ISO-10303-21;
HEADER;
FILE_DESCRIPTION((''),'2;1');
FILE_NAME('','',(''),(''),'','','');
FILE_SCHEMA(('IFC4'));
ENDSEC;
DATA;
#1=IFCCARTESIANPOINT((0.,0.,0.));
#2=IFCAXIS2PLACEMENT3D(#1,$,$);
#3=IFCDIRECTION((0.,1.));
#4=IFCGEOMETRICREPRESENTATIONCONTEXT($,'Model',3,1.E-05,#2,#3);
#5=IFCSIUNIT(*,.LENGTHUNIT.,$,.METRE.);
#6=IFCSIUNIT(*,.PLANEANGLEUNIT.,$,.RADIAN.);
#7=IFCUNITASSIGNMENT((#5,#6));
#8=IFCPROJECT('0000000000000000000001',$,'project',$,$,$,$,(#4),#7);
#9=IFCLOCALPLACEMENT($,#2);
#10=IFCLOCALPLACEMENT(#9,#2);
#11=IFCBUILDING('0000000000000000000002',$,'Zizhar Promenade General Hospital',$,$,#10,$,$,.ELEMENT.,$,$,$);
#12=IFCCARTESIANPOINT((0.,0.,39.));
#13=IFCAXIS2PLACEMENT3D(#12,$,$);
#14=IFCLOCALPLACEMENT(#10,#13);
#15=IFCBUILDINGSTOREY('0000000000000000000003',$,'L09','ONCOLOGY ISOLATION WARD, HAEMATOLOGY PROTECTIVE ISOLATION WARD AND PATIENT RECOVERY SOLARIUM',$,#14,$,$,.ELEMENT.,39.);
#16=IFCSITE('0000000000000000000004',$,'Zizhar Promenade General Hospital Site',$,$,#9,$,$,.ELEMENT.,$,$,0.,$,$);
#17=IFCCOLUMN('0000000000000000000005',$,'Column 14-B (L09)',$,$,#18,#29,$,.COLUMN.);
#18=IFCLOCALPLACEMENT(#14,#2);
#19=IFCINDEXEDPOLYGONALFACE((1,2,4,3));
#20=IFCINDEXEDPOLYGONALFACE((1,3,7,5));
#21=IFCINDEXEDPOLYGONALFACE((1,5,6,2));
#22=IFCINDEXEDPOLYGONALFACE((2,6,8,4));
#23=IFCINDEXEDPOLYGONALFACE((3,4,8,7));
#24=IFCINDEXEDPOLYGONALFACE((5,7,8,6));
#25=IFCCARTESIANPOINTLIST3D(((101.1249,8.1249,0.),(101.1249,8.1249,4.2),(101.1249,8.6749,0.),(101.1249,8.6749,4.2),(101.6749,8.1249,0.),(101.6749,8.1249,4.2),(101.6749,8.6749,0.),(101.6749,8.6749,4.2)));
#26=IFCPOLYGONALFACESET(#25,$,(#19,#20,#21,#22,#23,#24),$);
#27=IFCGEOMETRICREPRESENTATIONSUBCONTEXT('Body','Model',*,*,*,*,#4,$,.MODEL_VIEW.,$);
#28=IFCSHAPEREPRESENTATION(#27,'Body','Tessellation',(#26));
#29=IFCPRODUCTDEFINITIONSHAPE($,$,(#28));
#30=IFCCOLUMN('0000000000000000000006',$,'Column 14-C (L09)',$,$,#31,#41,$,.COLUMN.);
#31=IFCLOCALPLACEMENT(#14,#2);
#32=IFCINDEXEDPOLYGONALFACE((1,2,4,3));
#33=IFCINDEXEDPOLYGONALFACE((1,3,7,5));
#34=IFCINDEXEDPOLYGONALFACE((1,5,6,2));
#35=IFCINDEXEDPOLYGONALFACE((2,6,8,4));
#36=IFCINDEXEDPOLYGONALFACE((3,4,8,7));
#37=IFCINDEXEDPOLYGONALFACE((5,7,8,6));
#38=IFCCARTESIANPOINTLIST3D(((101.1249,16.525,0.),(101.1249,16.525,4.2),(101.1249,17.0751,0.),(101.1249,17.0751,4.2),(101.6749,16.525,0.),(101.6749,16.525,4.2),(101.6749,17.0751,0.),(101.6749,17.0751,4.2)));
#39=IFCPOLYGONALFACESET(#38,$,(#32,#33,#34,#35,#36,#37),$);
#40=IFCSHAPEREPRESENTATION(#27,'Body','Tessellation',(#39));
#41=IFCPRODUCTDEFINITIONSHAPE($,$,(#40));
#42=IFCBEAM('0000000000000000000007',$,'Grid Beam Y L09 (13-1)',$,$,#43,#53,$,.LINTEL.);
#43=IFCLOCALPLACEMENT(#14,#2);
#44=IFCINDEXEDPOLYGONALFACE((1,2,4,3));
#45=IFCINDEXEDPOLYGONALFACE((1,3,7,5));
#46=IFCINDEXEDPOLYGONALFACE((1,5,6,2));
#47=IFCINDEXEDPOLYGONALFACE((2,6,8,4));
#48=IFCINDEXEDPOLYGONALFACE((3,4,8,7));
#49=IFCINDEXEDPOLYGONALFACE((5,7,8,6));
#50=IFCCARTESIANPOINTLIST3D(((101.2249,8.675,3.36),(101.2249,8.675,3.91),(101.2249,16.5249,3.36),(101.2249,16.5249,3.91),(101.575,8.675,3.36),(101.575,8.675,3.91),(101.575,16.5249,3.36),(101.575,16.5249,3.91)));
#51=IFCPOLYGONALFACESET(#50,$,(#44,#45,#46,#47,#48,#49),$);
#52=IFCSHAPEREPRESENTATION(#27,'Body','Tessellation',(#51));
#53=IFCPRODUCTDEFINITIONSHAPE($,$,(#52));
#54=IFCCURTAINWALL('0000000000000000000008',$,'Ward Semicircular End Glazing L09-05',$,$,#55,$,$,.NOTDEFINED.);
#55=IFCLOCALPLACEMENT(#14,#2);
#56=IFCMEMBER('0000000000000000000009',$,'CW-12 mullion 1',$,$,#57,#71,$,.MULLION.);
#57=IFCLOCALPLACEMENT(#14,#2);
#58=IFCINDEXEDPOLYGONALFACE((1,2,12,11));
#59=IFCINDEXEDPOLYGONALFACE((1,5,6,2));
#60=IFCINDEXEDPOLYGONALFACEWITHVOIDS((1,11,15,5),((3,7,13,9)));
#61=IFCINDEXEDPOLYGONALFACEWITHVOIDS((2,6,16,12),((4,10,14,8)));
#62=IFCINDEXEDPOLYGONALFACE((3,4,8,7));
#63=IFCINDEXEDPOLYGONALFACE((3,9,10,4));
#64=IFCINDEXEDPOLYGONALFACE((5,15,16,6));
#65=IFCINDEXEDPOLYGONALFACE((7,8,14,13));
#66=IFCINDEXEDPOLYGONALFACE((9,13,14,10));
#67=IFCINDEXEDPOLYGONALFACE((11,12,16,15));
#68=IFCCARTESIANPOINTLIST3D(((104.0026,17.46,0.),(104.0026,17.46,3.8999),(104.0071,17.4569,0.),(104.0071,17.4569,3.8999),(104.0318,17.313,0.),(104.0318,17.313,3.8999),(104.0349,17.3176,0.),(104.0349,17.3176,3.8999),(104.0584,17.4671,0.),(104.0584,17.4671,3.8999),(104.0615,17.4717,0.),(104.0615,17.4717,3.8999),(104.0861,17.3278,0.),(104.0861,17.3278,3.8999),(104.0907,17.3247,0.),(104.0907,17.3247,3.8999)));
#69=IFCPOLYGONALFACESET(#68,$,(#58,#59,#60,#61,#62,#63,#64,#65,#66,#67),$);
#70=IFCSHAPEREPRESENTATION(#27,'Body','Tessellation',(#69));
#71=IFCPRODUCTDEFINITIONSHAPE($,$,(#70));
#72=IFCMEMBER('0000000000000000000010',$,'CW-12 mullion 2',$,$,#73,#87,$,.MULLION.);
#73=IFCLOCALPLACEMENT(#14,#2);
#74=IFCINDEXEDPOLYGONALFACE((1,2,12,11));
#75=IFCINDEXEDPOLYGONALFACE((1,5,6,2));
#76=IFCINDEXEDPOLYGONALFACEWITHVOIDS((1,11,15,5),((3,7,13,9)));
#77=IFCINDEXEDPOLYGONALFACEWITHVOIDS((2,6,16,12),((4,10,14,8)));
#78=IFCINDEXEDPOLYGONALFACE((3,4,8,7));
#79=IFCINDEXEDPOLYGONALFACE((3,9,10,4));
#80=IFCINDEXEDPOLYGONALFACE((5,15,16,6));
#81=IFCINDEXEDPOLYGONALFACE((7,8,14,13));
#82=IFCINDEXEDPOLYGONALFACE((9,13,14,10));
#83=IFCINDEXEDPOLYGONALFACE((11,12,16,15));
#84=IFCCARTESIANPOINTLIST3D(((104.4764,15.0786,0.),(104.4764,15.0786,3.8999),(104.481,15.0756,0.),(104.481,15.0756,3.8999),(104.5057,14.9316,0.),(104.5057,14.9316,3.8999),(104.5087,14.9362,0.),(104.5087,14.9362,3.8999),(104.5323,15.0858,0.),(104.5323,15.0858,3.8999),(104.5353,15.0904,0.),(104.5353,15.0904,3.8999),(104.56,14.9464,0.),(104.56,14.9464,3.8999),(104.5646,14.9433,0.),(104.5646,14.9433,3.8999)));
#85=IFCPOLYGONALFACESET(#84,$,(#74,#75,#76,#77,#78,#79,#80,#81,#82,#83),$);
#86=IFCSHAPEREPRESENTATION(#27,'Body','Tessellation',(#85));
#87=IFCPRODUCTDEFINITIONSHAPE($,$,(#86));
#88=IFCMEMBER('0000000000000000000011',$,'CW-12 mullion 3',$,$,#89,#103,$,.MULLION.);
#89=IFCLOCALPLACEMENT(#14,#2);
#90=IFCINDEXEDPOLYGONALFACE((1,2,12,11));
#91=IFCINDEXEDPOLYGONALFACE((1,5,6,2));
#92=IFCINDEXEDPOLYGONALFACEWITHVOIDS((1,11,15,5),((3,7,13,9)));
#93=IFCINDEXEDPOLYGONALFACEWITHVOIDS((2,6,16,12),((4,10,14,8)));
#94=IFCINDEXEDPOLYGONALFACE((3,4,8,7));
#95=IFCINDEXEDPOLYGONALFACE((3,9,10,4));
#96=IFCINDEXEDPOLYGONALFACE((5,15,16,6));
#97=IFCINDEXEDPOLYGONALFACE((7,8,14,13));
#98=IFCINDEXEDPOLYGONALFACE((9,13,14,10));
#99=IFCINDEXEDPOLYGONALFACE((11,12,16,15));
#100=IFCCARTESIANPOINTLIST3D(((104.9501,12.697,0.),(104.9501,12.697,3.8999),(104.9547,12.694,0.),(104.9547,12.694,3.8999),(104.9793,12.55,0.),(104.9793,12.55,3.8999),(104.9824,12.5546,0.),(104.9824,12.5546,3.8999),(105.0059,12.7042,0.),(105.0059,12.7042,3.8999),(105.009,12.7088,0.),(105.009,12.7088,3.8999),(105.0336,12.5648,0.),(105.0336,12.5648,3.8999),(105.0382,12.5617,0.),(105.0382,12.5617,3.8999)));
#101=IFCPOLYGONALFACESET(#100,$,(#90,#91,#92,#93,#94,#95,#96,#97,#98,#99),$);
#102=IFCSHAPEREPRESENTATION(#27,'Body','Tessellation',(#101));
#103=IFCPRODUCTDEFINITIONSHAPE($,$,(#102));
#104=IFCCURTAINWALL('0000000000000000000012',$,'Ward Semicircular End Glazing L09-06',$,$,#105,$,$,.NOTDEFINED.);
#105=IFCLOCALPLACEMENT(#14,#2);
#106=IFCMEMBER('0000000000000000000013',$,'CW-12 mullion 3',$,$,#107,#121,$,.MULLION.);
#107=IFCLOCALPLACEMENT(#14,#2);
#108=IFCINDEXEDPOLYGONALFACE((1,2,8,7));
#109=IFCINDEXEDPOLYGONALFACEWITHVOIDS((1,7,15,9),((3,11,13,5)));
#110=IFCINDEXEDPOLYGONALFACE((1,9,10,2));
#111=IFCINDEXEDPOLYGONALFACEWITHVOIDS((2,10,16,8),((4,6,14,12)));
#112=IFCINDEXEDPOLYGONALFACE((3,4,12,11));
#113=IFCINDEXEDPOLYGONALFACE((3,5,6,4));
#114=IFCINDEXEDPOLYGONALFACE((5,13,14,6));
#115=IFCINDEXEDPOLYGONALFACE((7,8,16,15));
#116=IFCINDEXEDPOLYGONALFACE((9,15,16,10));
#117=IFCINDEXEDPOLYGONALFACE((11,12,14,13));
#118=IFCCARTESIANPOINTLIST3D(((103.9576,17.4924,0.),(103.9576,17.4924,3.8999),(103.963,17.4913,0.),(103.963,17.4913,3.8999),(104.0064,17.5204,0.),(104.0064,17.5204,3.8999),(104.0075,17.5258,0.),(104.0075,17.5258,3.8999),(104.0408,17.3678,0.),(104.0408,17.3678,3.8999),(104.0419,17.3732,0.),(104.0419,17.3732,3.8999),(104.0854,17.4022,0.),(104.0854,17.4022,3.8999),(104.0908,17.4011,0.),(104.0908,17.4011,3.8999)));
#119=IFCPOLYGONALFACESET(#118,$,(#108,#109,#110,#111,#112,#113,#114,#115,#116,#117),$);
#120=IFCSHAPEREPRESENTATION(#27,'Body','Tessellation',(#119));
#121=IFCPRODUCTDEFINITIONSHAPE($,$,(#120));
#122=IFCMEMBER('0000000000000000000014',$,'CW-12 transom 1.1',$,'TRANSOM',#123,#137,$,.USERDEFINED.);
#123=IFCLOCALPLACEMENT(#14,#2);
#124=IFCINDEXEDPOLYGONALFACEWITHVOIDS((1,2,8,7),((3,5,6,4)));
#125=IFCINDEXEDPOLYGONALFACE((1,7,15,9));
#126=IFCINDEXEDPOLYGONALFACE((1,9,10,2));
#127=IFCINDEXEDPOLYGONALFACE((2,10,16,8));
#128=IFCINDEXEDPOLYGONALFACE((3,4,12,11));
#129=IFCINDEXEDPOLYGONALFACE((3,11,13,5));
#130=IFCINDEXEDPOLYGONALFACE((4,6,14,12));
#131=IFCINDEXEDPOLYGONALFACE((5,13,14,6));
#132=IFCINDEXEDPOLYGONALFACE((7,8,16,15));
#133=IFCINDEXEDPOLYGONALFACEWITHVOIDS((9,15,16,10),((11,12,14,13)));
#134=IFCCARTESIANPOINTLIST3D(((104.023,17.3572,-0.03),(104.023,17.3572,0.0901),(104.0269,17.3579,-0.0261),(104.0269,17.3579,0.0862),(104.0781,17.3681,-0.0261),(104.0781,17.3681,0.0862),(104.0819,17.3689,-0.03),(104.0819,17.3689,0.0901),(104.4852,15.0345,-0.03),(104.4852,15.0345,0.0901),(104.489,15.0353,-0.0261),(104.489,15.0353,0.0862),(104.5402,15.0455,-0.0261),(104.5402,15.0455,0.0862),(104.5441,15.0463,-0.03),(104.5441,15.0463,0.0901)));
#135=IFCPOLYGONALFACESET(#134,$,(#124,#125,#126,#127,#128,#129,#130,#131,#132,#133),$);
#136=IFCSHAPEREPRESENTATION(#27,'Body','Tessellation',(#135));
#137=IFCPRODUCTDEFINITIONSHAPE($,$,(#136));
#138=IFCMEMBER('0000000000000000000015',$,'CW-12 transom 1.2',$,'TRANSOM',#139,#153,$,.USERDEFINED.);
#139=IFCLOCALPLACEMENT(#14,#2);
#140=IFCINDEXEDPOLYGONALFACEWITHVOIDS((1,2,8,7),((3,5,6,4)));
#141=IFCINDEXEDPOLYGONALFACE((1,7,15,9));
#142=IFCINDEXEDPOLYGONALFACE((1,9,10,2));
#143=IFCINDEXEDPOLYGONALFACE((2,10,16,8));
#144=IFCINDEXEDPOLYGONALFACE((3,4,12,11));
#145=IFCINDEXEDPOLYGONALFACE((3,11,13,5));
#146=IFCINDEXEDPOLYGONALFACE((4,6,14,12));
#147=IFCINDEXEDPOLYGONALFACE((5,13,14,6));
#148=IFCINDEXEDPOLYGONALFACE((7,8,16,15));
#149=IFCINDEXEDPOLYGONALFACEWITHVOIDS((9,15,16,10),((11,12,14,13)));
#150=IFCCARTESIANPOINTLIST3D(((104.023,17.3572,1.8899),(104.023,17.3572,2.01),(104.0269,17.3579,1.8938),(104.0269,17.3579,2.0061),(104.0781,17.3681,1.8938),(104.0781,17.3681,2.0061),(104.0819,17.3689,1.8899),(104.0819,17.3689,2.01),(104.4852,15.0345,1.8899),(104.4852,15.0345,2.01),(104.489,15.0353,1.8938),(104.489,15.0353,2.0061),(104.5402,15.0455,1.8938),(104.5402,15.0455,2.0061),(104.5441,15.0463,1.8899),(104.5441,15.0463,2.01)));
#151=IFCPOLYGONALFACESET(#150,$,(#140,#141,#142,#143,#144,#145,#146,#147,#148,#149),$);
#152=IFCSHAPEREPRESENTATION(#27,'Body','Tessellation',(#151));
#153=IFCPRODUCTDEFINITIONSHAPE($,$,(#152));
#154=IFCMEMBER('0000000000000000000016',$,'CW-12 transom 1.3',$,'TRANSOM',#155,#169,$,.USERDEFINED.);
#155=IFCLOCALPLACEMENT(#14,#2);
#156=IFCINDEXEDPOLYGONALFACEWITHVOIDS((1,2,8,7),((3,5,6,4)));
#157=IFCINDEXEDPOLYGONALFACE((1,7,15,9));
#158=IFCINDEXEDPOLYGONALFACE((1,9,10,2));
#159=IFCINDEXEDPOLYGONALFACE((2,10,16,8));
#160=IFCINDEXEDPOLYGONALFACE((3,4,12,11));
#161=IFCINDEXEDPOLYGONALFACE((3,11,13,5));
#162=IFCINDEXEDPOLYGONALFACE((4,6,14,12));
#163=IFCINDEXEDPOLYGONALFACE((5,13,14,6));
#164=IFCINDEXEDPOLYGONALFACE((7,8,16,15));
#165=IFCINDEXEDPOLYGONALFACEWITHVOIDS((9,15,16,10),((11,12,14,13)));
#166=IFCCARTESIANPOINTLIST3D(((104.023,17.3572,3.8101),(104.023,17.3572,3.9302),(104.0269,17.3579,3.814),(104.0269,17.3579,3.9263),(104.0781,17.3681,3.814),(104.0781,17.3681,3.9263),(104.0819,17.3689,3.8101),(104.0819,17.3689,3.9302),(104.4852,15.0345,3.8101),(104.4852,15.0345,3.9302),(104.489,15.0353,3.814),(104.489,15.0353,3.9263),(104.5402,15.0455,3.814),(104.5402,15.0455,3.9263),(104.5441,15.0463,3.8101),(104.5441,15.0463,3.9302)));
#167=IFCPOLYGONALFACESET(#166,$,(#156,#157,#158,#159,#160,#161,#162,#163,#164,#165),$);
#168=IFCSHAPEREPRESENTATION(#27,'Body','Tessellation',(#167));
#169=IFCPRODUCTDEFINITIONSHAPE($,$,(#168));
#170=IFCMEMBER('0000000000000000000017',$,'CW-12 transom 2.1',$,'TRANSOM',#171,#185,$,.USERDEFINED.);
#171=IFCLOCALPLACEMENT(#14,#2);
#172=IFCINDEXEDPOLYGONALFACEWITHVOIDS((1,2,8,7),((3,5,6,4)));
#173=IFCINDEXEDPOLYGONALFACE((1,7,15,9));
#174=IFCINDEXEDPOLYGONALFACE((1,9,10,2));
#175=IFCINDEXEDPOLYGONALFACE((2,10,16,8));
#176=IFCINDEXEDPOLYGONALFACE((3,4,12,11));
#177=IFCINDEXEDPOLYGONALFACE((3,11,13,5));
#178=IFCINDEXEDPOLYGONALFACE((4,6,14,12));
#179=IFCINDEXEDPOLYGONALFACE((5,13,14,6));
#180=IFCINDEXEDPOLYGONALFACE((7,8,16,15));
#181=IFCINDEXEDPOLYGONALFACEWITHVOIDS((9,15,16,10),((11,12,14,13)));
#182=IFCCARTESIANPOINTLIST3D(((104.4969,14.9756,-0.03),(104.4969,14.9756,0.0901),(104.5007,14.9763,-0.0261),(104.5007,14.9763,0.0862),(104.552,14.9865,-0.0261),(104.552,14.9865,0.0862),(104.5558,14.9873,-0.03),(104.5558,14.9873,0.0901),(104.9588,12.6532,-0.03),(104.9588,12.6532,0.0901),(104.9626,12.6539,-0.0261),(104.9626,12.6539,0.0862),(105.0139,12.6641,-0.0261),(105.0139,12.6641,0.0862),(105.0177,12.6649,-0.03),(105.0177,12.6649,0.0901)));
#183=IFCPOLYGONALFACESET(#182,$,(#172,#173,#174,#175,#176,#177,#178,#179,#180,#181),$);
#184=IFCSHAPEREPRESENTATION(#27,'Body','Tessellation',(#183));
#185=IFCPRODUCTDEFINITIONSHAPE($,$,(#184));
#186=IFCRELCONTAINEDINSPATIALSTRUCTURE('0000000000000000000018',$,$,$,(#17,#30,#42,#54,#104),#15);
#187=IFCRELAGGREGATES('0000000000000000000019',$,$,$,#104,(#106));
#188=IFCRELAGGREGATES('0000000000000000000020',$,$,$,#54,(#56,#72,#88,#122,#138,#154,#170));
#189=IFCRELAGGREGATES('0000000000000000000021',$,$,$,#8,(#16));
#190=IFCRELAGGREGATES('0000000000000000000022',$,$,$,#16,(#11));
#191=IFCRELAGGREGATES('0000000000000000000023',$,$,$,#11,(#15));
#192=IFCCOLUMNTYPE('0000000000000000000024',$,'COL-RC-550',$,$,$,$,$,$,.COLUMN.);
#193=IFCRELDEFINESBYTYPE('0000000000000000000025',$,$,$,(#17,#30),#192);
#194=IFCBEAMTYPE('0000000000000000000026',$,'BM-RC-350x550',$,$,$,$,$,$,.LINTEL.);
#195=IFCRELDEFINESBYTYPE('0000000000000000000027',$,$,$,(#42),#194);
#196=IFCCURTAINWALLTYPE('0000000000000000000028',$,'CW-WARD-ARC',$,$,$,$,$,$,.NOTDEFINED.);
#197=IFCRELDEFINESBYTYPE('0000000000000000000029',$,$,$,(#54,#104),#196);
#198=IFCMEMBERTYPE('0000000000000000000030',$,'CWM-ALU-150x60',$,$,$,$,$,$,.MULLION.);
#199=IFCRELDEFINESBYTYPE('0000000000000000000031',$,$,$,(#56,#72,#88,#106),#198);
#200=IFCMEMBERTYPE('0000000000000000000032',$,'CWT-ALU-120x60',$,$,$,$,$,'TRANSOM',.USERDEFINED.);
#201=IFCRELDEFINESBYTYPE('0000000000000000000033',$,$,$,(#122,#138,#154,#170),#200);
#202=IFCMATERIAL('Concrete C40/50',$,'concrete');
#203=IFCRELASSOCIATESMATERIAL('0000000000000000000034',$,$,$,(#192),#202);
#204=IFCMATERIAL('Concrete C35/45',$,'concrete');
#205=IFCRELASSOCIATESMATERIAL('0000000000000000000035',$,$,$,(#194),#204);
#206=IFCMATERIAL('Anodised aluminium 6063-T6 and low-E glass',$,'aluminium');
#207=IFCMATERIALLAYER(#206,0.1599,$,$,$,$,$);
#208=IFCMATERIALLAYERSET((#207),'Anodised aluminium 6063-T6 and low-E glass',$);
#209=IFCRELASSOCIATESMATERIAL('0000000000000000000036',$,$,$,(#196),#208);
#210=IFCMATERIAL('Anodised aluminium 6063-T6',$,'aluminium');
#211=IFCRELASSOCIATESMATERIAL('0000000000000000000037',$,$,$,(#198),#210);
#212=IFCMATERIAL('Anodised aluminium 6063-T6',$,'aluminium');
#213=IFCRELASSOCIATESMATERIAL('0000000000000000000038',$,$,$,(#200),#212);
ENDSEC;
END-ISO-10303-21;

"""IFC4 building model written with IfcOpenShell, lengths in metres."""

from ifc_helpers import new_model, si_unit, direction, frame, origin, origin_2d, place, context, subcontext, project, spatial, rectangle, hollow_rectangle, extrude, material, layer, layer_set, material_profile, profile_set, type_object, element, aggregate, save


model = new_model("IFC4")

# Units and contexts
model_context = context("Model", 3, precision=1e-05, world=origin(), true_north=direction((0.0, 1.0)))
body_context = subcontext(model_context, "Body", "Model", "MODEL_VIEW")
ifc_project = project(units=[si_unit("LENGTHUNIT", "METRE"), si_unit("PLANEANGLEUNIT", "RADIAN")], contexts=[model_context])

# Site, building, storey
site_placement = place(None, origin())
site = spatial("IfcSite", under=ifc_project, at=site_placement, Name="Zizhar Promenade General Hospital Site", CompositionType="ELEMENT", RefElevation=0.0)
building_placement = place(site_placement, origin())
building = spatial("IfcBuilding", under=site, at=building_placement, Name="Zizhar Promenade General Hospital", CompositionType="ELEMENT")
storey_placement = place(building_placement, frame((0.0, 0.0, 39.0)))
storey = spatial("IfcBuildingStorey", under=building, at=storey_placement, Name="L09", Description="ONCOLOGY ISOLATION WARD, HAEMATOLOGY PROTECTIVE ISOLATION WARD AND PATIENT RECOVERY SOLARIUM", CompositionType="ELEMENT", Elevation=39.0)

# Columns
ifc_material_1 = material(Name="Concrete C40/50", Category="concrete")
ifc_material_profile_1 = material_profile(ifc_material_1, rectangle(XDim=0.55, YDim=0.55, at=origin_2d()))
ifc_profile_set_1 = profile_set([ifc_material_profile_1], Name="Concrete C40/50")
column_type = type_object("IfcColumnType", Name="COL-RC-550", PredefinedType="COLUMN", material=ifc_profile_set_1)
for number, where, z_axis, x_axis, name in (
    (1, (101.3999, 8.3999, 0.0), (0.0, 0.0, 1.0), (1.0, 0.0, 0.0), "Column 14-B (L09)"),
    (2, (101.3999, 16.8, 0.0), (0.0, 0.0, 1.0), (1.0, 0.0, 0.0), "Column 14-C (L09)"),
):
    element("IfcColumn", number, at=place(storey_placement, frame(where, z_axis=z_axis, x_axis=x_axis)), inside=storey, type_object=column_type, Name=name, PredefinedType="COLUMN", context=body_context, shape_type="SweptSolid", body=[
        extrude(rectangle(XDim=0.55, YDim=0.55, at=origin_2d()), origin(), (0.0, 0.0, 1.0), 4.2),
    ])

# Beam
ifc_material_2 = material(Name="Concrete C35/45", Category="concrete")
ifc_material_profile_2 = material_profile(ifc_material_2, rectangle(XDim=0.3501, YDim=0.55, at=origin_2d()))
ifc_profile_set_2 = profile_set([ifc_material_profile_2], Name="Concrete C35/45")
beam_type = type_object("IfcBeamType", Name="BM-RC-350x550", PredefinedType="LINTEL", material=ifc_profile_set_2)
beam_placement = place(storey_placement, frame((101.3999, 8.675, 3.635), z_axis=(0.0, 1.0, 0.0), x_axis=(-1.0, 0.0, 0.0)))
element("IfcBeam", 3, at=beam_placement, inside=storey, type_object=beam_type, Name="Grid Beam Y L09 (13-1)", PredefinedType="LINTEL", context=body_context, shape_type="SweptSolid", body=[
    extrude(rectangle(XDim=0.3501, YDim=0.55, at=origin_2d()), origin(), (0.0, 0.0, 1.0), 7.8499),
])

# Curtain wall, members
ifc_material_3 = material(Name="Anodised aluminium 6063-T6 and low-E glass", Category="aluminium")
ifc_layer_1 = layer(ifc_material_3, 0.1599)
ifc_layer_set_1 = layer_set([ifc_layer_1], Name="Anodised aluminium 6063-T6 and low-E glass")
curtain_wall_type = type_object("IfcCurtainWallType", Name="CW-WARD-ARC", PredefinedType="NOTDEFINED", material=ifc_layer_set_1)
curtain_wall_1_placement = place(storey_placement, origin())
curtain_wall_1 = element("IfcCurtainWall", 4, at=curtain_wall_1_placement, inside=storey, type_object=curtain_wall_type, Name="Ward Semicircular End Glazing L09-05", PredefinedType="NOTDEFINED")
ifc_material_4 = material(Name="Anodised aluminium 6063-T6", Category="aluminium")
ifc_material_profile_3 = material_profile(ifc_material_4, hollow_rectangle(XDim=0.0601, YDim=0.1499, WallThickness=0.0039, at=origin_2d()))
ifc_profile_set_3 = profile_set([ifc_material_profile_3], Name="Anodised aluminium 6063-T6")
member_type_1 = type_object("IfcMemberType", Name="CWM-ALU-150x60", PredefinedType="MULLION", material=ifc_profile_set_3)
member_1_placement = place(storey_placement, frame((104.0466, 17.3923, 0.0), z_axis=(0.0, 0.0, 1.0), x_axis=(0.980786, 0.195087, 0.0)))
member_1 = element("IfcMember", 5, at=member_1_placement, type_object=member_type_1, Name="CW-12 mullion 1", PredefinedType="MULLION", context=body_context, shape_type="SweptSolid", body=[
    extrude(hollow_rectangle(XDim=0.0601, YDim=0.1499, WallThickness=0.0039, at=origin_2d()), origin(), (0.0, 0.0, 1.0), 3.8999),
])
member_2_placement = place(storey_placement, frame((104.5205, 15.011, 0.0), z_axis=(0.0, 0.0, 1.0), x_axis=(0.980786, 0.195087, 0.0)))
member_2 = element("IfcMember", 6, at=member_2_placement, type_object=member_type_1, Name="CW-12 mullion 2", PredefinedType="MULLION", context=body_context, shape_type="SweptSolid", body=[
    extrude(hollow_rectangle(XDim=0.0601, YDim=0.1499, WallThickness=0.0039, at=origin_2d()), origin(), (0.0, 0.0, 1.0), 3.8999),
])
member_3_placement = place(storey_placement, frame((104.9941, 12.6294, 0.0), z_axis=(0.0, 0.0, 1.0), x_axis=(0.980786, 0.195087, 0.0)))
member_3 = element("IfcMember", 7, at=member_3_placement, type_object=member_type_1, Name="CW-12 mullion 3", PredefinedType="MULLION", context=body_context, shape_type="SweptSolid", body=[
    extrude(hollow_rectangle(XDim=0.0601, YDim=0.1499, WallThickness=0.0039, at=origin_2d()), origin(), (0.0, 0.0, 1.0), 3.8999),
])

# Curtain wall, member
curtain_wall_2_placement = place(storey_placement, origin())
curtain_wall_2 = element("IfcCurtainWall", 8, at=curtain_wall_2_placement, inside=storey, type_object=curtain_wall_type, Name="Ward Semicircular End Glazing L09-06", PredefinedType="NOTDEFINED")
member_4_placement = place(storey_placement, frame((104.0242, 17.4468, 0.0), z_axis=(0.0, 0.0, 1.0), x_axis=(0.831462, 0.555582, 0.0)))
member_4 = element("IfcMember", 9, at=member_4_placement, type_object=member_type_1, Name="CW-12 mullion 3", PredefinedType="MULLION", context=body_context, shape_type="SweptSolid", body=[
    extrude(hollow_rectangle(XDim=0.0601, YDim=0.1499, WallThickness=0.0039, at=origin_2d()), origin(), (0.0, 0.0, 1.0), 3.8999),
])
aggregate(curtain_wall_2, [member_4])

# Members
ifc_material_5 = material(Name="Anodised aluminium 6063-T6", Category="aluminium")
ifc_material_profile_4 = material_profile(ifc_material_5, hollow_rectangle(XDim=0.0601, YDim=0.1201, WallThickness=0.0039, at=origin_2d()))
ifc_profile_set_4 = profile_set([ifc_material_profile_4], Name="Anodised aluminium 6063-T6")
member_type_2 = type_object("IfcMemberType", Name="CWT-ALU-120x60", ElementType="TRANSOM", PredefinedType="USERDEFINED", material=ifc_profile_set_4)
member_5_placement = place(storey_placement, frame((104.0525, 17.363, 0.03), z_axis=(0.195145, -0.980774, 0.0), x_axis=(0.980774, 0.195145, 0.0)))
member_5 = element("IfcMember", 10, at=member_5_placement, type_object=member_type_2, Name="CW-12 transom 1.1", ObjectType="TRANSOM", PredefinedType="USERDEFINED", context=body_context, shape_type="SweptSolid", body=[
    extrude(hollow_rectangle(XDim=0.0601, YDim=0.1201, WallThickness=0.0039, at=origin_2d()), origin(), (0.0, 0.0, 1.0), 2.3682),
])
member_6_placement = place(storey_placement, frame((104.0525, 17.363, 1.95), z_axis=(0.195145, -0.980774, 0.0), x_axis=(0.980774, 0.195145, 0.0)))
member_6 = element("IfcMember", 11, at=member_6_placement, type_object=member_type_2, Name="CW-12 transom 1.2", ObjectType="TRANSOM", PredefinedType="USERDEFINED", context=body_context, shape_type="SweptSolid", body=[
    extrude(hollow_rectangle(XDim=0.0601, YDim=0.1201, WallThickness=0.0039, at=origin_2d()), origin(), (0.0, 0.0, 1.0), 2.3682),
])
member_7_placement = place(storey_placement, frame((104.0525, 17.363, 3.8701), z_axis=(0.195145, -0.980774, 0.0), x_axis=(0.980774, 0.195145, 0.0)))
member_7 = element("IfcMember", 12, at=member_7_placement, type_object=member_type_2, Name="CW-12 transom 1.3", ObjectType="TRANSOM", PredefinedType="USERDEFINED", context=body_context, shape_type="SweptSolid", body=[
    extrude(hollow_rectangle(XDim=0.0601, YDim=0.1201, WallThickness=0.0039, at=origin_2d()), origin(), (0.0, 0.0, 1.0), 2.3682),
])
member_8_placement = place(storey_placement, frame((104.5264, 14.9814, 0.03), z_axis=(0.195065, -0.98079, 0.0), x_axis=(0.98079, 0.195065, 0.0)))
member_8 = element("IfcMember", 13, at=member_8_placement, type_object=member_type_2, Name="CW-12 transom 2.1", ObjectType="TRANSOM", PredefinedType="USERDEFINED", context=body_context, shape_type="SweptSolid", body=[
    extrude(hollow_rectangle(XDim=0.0601, YDim=0.1201, WallThickness=0.0039, at=origin_2d()), origin(), (0.0, 0.0, 1.0), 2.3679),
])

aggregate(curtain_wall_1, [member_1, member_2, member_3, member_5, member_6, member_7, member_8])

save(model, "model.ifc")
